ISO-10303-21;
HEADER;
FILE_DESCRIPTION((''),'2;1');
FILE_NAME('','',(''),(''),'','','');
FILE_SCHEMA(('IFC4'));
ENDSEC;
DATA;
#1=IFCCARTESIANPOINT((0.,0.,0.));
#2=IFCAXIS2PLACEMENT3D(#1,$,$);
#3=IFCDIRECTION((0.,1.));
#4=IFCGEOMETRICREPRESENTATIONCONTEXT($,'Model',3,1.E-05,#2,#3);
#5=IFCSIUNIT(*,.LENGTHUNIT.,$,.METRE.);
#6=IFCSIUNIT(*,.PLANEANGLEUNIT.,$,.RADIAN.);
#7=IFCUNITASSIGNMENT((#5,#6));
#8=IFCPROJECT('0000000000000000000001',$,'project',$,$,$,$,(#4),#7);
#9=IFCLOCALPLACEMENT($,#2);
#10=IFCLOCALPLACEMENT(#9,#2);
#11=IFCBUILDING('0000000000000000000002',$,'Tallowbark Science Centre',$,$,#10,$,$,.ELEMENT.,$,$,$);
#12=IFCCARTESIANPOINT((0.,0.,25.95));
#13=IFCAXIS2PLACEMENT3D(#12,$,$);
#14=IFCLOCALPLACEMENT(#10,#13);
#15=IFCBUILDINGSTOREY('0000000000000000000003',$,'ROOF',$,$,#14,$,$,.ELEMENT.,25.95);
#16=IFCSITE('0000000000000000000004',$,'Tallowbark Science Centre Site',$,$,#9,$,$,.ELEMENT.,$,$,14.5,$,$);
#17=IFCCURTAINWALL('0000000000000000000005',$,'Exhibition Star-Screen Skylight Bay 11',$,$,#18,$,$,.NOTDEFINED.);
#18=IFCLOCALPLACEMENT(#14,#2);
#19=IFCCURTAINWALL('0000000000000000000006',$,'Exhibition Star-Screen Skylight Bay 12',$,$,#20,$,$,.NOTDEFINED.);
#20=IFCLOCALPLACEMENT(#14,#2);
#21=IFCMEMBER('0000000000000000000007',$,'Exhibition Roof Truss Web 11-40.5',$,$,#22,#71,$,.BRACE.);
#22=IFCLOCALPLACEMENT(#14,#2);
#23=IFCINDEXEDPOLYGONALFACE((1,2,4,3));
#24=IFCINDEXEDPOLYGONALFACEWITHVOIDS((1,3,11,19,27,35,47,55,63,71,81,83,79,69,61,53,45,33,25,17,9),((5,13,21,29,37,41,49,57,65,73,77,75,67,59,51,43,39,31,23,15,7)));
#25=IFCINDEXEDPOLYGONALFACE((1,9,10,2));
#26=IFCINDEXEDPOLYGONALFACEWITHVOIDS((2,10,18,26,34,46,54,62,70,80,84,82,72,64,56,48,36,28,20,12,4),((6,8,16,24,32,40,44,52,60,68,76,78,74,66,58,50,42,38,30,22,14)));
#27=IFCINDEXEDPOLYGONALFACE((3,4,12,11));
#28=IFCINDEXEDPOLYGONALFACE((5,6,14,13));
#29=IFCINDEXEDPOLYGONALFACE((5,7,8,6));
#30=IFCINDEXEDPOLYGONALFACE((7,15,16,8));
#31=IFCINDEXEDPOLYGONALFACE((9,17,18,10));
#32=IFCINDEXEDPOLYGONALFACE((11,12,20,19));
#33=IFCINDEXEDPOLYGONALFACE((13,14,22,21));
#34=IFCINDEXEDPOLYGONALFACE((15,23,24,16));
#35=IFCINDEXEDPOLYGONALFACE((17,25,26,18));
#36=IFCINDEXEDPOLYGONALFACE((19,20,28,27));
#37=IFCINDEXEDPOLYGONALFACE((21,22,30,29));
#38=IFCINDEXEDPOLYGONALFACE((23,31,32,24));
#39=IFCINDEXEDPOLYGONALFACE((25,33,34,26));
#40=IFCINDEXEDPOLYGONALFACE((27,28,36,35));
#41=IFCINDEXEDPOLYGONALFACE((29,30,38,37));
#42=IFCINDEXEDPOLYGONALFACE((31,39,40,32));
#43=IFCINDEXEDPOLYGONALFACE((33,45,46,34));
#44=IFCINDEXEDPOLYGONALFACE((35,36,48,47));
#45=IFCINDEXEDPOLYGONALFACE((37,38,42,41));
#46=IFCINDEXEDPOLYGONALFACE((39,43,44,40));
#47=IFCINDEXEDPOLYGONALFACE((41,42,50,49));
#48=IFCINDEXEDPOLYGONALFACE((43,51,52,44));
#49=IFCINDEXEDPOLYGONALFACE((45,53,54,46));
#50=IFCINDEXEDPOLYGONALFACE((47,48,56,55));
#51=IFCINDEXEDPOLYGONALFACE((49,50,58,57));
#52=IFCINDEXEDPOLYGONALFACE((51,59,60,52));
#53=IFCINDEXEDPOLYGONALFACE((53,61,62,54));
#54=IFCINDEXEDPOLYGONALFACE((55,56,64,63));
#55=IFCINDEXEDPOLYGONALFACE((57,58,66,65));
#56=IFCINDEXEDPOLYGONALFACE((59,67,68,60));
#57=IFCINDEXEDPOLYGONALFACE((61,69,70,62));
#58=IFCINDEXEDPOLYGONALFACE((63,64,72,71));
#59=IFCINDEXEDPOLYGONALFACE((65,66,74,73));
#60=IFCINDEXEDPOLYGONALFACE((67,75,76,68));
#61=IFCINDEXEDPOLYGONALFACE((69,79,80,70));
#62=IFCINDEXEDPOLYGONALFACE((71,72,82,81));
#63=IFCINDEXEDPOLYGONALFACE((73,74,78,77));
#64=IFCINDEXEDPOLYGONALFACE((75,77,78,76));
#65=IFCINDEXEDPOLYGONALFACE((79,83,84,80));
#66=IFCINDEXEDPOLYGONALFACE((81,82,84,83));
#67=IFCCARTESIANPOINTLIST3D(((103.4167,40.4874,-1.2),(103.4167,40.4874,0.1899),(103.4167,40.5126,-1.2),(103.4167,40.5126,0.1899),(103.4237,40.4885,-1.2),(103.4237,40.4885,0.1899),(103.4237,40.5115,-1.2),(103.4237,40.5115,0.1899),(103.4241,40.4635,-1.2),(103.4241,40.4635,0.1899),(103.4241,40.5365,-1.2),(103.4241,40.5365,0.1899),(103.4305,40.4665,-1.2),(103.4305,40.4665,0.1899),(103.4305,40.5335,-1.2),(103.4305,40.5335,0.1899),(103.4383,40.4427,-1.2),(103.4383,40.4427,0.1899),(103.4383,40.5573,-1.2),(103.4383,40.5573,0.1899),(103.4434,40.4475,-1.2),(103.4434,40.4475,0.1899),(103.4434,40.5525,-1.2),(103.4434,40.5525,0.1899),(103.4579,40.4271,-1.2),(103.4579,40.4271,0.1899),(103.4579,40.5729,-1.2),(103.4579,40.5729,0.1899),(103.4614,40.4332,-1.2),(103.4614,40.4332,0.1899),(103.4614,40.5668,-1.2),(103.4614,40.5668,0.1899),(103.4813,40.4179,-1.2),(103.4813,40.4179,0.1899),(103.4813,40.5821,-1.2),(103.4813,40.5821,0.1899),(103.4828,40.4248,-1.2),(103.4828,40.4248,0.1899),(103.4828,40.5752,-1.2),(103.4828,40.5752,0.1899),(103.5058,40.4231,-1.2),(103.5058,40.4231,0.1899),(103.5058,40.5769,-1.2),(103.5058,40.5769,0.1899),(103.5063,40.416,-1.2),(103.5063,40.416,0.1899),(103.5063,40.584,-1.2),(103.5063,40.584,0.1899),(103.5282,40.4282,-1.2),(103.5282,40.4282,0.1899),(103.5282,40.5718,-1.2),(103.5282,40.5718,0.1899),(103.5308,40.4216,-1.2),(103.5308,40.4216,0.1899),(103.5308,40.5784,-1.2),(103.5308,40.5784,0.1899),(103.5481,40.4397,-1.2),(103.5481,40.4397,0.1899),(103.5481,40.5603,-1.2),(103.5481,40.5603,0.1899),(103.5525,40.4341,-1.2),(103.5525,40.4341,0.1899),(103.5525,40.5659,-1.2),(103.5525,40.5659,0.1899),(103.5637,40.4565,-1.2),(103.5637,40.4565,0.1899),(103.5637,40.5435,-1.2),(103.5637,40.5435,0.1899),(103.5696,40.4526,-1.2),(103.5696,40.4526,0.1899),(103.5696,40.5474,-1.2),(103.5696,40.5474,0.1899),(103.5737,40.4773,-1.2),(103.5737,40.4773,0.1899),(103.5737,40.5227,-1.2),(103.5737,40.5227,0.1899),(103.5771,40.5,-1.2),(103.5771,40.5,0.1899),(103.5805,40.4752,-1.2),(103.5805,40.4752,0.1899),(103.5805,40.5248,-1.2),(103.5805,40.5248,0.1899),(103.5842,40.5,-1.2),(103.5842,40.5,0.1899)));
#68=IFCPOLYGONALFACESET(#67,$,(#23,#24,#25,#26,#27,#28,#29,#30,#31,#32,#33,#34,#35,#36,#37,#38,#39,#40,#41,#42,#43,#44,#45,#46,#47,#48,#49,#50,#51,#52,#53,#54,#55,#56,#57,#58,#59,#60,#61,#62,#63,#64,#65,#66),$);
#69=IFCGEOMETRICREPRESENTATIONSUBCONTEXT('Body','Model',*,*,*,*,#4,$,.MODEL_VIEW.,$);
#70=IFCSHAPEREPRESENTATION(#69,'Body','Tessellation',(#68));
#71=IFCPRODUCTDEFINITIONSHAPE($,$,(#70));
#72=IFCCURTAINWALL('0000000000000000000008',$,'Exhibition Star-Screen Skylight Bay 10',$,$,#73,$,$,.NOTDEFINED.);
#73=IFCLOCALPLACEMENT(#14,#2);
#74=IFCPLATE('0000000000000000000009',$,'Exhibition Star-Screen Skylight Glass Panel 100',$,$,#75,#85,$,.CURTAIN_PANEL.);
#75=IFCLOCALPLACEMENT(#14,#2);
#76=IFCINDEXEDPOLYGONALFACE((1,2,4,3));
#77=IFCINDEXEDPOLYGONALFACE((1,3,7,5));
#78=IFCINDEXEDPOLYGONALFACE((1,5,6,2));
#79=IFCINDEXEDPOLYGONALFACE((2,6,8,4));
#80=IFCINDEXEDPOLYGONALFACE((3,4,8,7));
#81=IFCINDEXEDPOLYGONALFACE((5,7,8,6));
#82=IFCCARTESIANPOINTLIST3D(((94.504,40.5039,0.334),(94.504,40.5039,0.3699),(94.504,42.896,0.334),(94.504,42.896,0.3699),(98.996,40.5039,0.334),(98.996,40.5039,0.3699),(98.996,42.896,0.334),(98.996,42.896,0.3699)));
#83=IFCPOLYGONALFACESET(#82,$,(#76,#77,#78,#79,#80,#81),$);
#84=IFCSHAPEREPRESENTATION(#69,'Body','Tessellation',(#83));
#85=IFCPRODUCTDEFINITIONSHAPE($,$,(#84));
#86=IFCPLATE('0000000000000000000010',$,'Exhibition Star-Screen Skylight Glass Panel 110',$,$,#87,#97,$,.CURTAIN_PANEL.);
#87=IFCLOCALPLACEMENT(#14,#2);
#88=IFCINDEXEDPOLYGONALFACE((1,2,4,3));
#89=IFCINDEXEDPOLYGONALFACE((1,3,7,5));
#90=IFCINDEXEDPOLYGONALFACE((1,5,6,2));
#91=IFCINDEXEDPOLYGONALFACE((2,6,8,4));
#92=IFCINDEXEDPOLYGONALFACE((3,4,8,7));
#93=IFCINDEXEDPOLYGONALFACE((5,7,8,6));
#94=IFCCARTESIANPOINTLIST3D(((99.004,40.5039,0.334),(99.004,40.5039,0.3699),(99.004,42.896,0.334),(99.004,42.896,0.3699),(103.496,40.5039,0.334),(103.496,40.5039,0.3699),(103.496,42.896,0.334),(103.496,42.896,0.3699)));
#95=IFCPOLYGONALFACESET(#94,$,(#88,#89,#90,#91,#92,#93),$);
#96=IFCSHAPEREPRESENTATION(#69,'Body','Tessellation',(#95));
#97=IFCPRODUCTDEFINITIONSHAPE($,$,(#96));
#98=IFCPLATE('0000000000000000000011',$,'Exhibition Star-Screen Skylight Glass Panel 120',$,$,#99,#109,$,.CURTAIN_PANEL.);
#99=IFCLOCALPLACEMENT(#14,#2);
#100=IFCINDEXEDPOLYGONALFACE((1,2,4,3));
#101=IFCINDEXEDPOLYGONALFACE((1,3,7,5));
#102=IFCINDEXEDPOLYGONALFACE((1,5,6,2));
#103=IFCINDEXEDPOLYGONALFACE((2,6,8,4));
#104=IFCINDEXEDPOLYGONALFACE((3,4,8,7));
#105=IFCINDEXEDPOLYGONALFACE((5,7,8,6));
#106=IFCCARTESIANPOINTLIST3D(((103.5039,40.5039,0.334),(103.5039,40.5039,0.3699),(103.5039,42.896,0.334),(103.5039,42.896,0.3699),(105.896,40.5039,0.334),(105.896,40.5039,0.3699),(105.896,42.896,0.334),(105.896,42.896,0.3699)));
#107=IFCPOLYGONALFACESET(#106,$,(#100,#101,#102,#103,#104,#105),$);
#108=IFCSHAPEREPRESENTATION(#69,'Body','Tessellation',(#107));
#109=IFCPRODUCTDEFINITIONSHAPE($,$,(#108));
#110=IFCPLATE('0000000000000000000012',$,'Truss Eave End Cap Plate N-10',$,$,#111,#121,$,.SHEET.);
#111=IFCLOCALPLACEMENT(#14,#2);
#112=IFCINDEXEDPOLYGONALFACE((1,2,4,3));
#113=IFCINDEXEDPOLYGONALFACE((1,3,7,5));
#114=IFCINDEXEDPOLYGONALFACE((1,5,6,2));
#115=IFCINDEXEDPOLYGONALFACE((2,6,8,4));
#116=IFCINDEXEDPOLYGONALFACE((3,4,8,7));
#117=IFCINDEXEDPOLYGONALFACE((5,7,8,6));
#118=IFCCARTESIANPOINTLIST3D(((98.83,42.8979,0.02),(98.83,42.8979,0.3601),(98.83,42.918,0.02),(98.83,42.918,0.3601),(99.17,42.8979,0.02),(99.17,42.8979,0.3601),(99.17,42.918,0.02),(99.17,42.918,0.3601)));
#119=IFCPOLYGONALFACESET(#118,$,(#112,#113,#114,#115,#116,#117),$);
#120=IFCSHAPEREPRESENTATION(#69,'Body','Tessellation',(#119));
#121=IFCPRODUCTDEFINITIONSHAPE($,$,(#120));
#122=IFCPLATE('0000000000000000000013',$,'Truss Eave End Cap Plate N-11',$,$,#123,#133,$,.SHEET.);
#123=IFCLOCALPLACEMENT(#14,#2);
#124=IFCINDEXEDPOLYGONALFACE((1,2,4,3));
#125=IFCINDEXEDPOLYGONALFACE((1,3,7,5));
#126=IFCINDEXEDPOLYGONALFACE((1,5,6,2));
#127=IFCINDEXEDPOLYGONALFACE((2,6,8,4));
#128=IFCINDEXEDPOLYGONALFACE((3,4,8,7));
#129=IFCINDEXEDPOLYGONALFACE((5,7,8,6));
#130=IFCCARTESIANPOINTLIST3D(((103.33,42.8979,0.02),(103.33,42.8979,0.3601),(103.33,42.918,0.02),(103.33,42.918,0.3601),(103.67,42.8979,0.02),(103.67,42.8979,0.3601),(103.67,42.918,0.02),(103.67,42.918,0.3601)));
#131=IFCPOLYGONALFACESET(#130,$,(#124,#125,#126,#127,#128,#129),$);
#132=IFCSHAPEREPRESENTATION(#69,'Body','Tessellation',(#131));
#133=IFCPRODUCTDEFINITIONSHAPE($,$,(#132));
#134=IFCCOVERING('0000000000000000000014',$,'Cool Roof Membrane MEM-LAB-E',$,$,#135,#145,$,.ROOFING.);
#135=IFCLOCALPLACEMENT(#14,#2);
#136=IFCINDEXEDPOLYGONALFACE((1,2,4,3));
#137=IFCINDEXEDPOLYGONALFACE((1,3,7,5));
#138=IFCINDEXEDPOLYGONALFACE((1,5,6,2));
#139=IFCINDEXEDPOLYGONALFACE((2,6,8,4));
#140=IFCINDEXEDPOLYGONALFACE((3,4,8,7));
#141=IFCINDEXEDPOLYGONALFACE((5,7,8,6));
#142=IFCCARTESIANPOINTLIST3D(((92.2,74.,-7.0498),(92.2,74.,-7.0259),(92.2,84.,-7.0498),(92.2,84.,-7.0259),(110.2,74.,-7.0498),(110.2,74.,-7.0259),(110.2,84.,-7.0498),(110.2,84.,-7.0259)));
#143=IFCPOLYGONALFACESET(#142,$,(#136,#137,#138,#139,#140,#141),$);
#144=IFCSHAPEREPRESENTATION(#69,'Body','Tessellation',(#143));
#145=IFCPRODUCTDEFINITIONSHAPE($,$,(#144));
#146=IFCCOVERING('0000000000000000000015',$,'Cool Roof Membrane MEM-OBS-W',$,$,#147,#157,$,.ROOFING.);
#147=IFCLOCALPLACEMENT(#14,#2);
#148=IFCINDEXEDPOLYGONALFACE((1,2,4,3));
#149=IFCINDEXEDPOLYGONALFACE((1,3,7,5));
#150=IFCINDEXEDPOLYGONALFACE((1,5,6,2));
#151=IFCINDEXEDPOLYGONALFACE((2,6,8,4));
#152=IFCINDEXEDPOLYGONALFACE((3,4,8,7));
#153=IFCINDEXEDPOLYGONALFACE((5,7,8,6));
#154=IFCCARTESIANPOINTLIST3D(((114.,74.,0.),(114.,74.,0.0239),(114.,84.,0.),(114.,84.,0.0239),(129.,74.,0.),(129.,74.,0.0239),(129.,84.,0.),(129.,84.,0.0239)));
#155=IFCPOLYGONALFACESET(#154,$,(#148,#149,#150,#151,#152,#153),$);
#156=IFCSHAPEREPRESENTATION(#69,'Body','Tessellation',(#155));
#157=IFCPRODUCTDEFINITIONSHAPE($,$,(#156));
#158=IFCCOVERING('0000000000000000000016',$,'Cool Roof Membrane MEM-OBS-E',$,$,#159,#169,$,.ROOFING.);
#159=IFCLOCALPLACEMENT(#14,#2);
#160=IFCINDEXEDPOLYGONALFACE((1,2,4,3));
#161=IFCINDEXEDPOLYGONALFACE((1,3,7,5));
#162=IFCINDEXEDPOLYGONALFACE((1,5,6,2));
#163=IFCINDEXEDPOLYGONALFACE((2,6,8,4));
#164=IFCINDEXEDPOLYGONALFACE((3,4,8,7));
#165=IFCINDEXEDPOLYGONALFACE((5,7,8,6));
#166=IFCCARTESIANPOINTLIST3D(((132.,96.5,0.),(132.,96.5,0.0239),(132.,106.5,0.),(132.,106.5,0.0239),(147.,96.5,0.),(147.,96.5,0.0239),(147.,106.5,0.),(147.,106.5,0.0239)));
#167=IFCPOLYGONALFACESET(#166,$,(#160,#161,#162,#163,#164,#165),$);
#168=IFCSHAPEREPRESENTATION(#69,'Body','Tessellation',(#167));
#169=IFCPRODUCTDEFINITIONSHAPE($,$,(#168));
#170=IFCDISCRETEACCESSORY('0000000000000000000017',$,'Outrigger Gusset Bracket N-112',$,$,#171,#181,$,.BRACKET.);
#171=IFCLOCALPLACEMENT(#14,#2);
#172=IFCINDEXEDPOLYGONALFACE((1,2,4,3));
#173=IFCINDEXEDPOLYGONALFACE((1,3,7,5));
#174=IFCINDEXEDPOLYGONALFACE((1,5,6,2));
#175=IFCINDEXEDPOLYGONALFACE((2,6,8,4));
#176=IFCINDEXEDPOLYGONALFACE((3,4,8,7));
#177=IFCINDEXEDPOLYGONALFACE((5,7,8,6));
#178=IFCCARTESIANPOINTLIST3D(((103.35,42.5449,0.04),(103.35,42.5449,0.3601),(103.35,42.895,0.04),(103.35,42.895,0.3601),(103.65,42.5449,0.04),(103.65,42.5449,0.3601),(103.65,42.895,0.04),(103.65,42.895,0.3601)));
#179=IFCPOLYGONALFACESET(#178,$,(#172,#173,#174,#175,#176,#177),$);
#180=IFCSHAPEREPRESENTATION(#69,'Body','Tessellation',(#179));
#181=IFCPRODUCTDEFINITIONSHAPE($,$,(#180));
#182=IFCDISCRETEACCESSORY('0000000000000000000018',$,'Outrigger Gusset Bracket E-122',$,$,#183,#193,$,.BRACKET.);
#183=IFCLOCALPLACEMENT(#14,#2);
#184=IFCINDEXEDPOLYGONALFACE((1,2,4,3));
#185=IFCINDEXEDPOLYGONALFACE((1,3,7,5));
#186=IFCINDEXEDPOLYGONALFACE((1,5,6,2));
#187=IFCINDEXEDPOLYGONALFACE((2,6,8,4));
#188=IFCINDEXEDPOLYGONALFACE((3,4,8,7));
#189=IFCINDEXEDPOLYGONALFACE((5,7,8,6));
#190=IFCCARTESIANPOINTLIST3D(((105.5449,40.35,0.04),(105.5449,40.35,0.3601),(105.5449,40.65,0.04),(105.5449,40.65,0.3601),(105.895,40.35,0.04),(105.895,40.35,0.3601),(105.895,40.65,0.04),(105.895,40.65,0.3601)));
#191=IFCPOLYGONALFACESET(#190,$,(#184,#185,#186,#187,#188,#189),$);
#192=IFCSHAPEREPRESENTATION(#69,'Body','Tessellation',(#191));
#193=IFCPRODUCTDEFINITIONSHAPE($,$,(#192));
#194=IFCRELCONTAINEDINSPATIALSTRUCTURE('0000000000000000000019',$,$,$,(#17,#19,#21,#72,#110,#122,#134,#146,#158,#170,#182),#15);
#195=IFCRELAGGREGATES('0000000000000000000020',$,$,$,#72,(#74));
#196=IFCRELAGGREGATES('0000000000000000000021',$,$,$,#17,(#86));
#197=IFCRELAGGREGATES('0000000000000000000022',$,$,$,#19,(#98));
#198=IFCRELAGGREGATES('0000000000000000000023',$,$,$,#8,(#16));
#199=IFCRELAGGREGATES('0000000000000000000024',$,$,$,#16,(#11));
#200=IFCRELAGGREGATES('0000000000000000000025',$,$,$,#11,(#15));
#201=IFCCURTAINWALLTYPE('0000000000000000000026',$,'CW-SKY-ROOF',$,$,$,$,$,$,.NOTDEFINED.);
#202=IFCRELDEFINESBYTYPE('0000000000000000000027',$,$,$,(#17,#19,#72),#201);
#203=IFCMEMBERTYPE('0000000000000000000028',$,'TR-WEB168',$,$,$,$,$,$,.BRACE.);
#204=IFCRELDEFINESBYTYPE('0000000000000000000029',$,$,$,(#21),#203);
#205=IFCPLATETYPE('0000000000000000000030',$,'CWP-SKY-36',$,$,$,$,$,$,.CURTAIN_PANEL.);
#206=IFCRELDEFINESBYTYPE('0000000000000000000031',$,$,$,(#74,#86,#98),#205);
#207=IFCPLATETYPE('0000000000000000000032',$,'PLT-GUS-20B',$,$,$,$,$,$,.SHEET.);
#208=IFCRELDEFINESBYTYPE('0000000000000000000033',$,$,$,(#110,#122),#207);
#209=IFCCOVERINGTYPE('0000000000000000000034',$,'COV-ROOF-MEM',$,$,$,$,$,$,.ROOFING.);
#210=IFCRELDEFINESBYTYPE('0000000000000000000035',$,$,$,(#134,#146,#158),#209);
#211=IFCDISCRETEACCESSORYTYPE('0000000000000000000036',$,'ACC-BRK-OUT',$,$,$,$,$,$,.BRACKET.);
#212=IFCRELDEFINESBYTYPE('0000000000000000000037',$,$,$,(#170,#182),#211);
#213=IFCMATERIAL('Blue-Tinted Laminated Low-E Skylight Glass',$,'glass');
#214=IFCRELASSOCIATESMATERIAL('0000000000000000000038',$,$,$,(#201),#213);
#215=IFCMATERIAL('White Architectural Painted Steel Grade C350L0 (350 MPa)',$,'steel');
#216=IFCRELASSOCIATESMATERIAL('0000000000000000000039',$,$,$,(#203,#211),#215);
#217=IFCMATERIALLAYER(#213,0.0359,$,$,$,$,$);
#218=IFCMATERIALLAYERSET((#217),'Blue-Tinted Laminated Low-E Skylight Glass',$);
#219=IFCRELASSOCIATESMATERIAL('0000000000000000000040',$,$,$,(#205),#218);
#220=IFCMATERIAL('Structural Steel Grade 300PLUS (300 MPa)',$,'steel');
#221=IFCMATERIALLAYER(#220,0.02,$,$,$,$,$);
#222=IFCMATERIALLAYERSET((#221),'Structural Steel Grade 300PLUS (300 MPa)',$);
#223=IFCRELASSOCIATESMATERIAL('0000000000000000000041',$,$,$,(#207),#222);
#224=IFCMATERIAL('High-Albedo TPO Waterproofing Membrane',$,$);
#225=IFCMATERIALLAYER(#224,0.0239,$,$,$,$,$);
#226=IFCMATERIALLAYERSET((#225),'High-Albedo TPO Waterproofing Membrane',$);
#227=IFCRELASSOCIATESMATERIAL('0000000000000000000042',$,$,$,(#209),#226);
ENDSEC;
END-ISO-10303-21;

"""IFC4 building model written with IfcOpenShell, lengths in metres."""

from ifc_helpers import new_model, si_unit, direction, frame, origin, origin_2d, place, context, subcontext, project, spatial, rectangle, hollow_circle, extrude, material, layer, layer_set, material_profile, profile_set, type_object, element, aggregate, save


model = new_model("IFC4")

# Units and contexts
model_context = context("Model", 3, precision=1e-05, world=origin(), true_north=direction((0.0, 1.0)))
body_context = subcontext(model_context, "Body", "Model", "MODEL_VIEW")
ifc_project = project(units=[si_unit("LENGTHUNIT", "METRE"), si_unit("PLANEANGLEUNIT", "RADIAN")], contexts=[model_context])

# Site, building, storey
site_placement = place(None, origin())
site = spatial("IfcSite", under=ifc_project, at=site_placement, Name="Tallowbark Science Centre Site", CompositionType="ELEMENT", RefElevation=14.5)
building_placement = place(site_placement, origin())
building = spatial("IfcBuilding", under=site, at=building_placement, Name="Tallowbark Science Centre", CompositionType="ELEMENT")
storey_placement = place(building_placement, frame((0.0, 0.0, 25.95)))
storey = spatial("IfcBuildingStorey", under=building, at=storey_placement, Name="ROOF", CompositionType="ELEMENT", Elevation=25.95)

# Shared definitions
ifc_material_1 = material(Name="White Architectural Painted Steel Grade C350L0 (350 MPa)", Category="steel")

# Curtain walls
ifc_material_2 = material(Name="Blue-Tinted Laminated Low-E Skylight Glass", Category="glass")
curtain_wall_type = type_object("IfcCurtainWallType", Name="CW-SKY-ROOF", PredefinedType="NOTDEFINED", material=ifc_material_2)
curtain_wall_1_placement = place(storey_placement, origin())
curtain_wall_1 = element("IfcCurtainWall", 1, at=curtain_wall_1_placement, inside=storey, type_object=curtain_wall_type, Name="Exhibition Star-Screen Skylight Bay 11", PredefinedType="NOTDEFINED")
curtain_wall_2_placement = place(storey_placement, origin())
curtain_wall_2 = element("IfcCurtainWall", 2, at=curtain_wall_2_placement, inside=storey, type_object=curtain_wall_type, Name="Exhibition Star-Screen Skylight Bay 12", PredefinedType="NOTDEFINED")

# Shared definitions
ifc_material_3 = material(Name="Structural Steel Grade 300PLUS (300 MPa)", Category="steel")

# Member
ifc_material_profile_1 = material_profile(ifc_material_1, hollow_circle(Radius=0.0842, WallThickness=0.0071, at=origin_2d()), Name="168.3x7.1CHS")
ifc_profile_set_1 = profile_set([ifc_material_profile_1], Name="White Architectural Painted Steel Grade C350L0 (350 MPa)")
member_type_1 = type_object("IfcMemberType", Name="TR-WEB168", PredefinedType="BRACE", material=ifc_profile_set_1)
for number, where, z_axis, x_axis, name in (
    (3, (103.5, 40.5, -1.2), (0.0, 0.0, 1.0), (1.0, 0.0, 0.0), "Exhibition Roof Truss Web 11-40.5"),
):
    element("IfcMember", number, at=place(storey_placement, frame(where, z_axis=z_axis, x_axis=x_axis)), inside=storey, type_object=member_type_1, Name=name, PredefinedType="BRACE", context=body_context, shape_type="SweptSolid", body=[
        extrude(hollow_circle(Radius=0.0842, WallThickness=0.0071, at=origin_2d()), origin(), (0.0, 0.0, 1.0), 1.3899),
    ])

# Curtain wall, plate
curtain_wall_3_placement = place(storey_placement, origin())
curtain_wall_3 = element("IfcCurtainWall", 4, at=curtain_wall_3_placement, inside=storey, type_object=curtain_wall_type, Name="Exhibition Star-Screen Skylight Bay 10", PredefinedType="NOTDEFINED")
ifc_layer_1 = layer(ifc_material_2, 0.0359)
ifc_layer_set_1 = layer_set([ifc_layer_1], Name="Blue-Tinted Laminated Low-E Skylight Glass")
plate_type_1 = type_object("IfcPlateType", Name="CWP-SKY-36", PredefinedType="CURTAIN_PANEL", material=ifc_layer_set_1)
plate_1_placement = place(storey_placement, frame((96.75, 41.7, 0.334), z_axis=(0.0, 0.0, 1.0), x_axis=(1.0, 0.0, 0.0)))
plate_1 = element("IfcPlate", 5, at=plate_1_placement, type_object=plate_type_1, Name="Exhibition Star-Screen Skylight Glass Panel 100", PredefinedType="CURTAIN_PANEL", context=body_context, shape_type="SweptSolid", body=[
    extrude(rectangle(XDim=4.4919, YDim=2.3921, at=origin_2d()), origin(), (0.0, 0.0, 1.0), 0.0359),
])
aggregate(curtain_wall_3, [plate_1])

# Plates
plate_2_placement = place(storey_placement, frame((101.25, 41.7, 0.334), z_axis=(0.0, 0.0, 1.0), x_axis=(1.0, 0.0, 0.0)))
plate_2 = element("IfcPlate", 6, at=plate_2_placement, type_object=plate_type_1, Name="Exhibition Star-Screen Skylight Glass Panel 110", PredefinedType="CURTAIN_PANEL", context=body_context, shape_type="SweptSolid", body=[
    extrude(rectangle(XDim=4.4919, YDim=2.3921, at=origin_2d()), origin(), (0.0, 0.0, 1.0), 0.0359),
])
aggregate(curtain_wall_1, [plate_2])
plate_3_placement = place(storey_placement, frame((104.7, 41.7, 0.334), z_axis=(0.0, 0.0, 1.0), x_axis=(1.0, 0.0, 0.0)))
plate_3 = element("IfcPlate", 7, at=plate_3_placement, type_object=plate_type_1, Name="Exhibition Star-Screen Skylight Glass Panel 120", PredefinedType="CURTAIN_PANEL", context=body_context, shape_type="SweptSolid", body=[
    extrude(rectangle(XDim=2.3921, YDim=2.3921, at=origin_2d()), origin(), (0.0, 0.0, 1.0), 0.0359),
])
aggregate(curtain_wall_2, [plate_3])

# Plates
ifc_layer_2 = layer(ifc_material_3, 0.02)
ifc_layer_set_2 = layer_set([ifc_layer_2], Name="Structural Steel Grade 300PLUS (300 MPa)")
plate_type_2 = type_object("IfcPlateType", Name="PLT-GUS-20B", PredefinedType="SHEET", material=ifc_layer_set_2)
for number, where, z_axis, x_axis, name in (
    (8, (99.0, 42.908, 0.02), (0.0, 0.0, 1.0), (1.0, 0.0, 0.0), "Truss Eave End Cap Plate N-10"),
    (9, (103.5, 42.908, 0.02), (0.0, 0.0, 1.0), (1.0, 0.0, 0.0), "Truss Eave End Cap Plate N-11"),
):
    element("IfcPlate", number, at=place(storey_placement, frame(where, z_axis=z_axis, x_axis=x_axis)), inside=storey, type_object=plate_type_2, Name=name, PredefinedType="SHEET", context=body_context, shape_type="SweptSolid", body=[
        extrude(rectangle(XDim=0.3401, YDim=0.02, at=origin_2d()), origin(), (0.0, 0.0, 1.0), 0.3401),
    ])

# Coverings
ifc_material_4 = material(Name="High-Albedo TPO Waterproofing Membrane")
ifc_layer_3 = layer(ifc_material_4, 0.0239)
ifc_layer_set_3 = layer_set([ifc_layer_3], Name="High-Albedo TPO Waterproofing Membrane")
covering_type = type_object("IfcCoveringType", Name="COV-ROOF-MEM", PredefinedType="ROOFING", material=ifc_layer_set_3)
covering_placement = place(storey_placement, frame((101.2, 79.0, -7.0498), z_axis=(0.0, 0.0, 1.0), x_axis=(1.0, 0.0, 0.0)))
element("IfcCovering", 10, at=covering_placement, inside=storey, type_object=covering_type, Name="Cool Roof Membrane MEM-LAB-E", PredefinedType="ROOFING", context=body_context, shape_type="SweptSolid", body=[
    extrude(rectangle(XDim=18.0, YDim=10.0, at=origin_2d()), origin(), (0.0, 0.0, 1.0), 0.0239),
])
for number, where, z_axis, x_axis, name in (
    (11, (121.5, 79.0, 0.0), (0.0, 0.0, 1.0), (1.0, 0.0, 0.0), "Cool Roof Membrane MEM-OBS-W"),
    (12, (139.5, 101.5, 0.0), (0.0, 0.0, 1.0), (1.0, 0.0, 0.0), "Cool Roof Membrane MEM-OBS-E"),
):
    element("IfcCovering", number, at=place(storey_placement, frame(where, z_axis=z_axis, x_axis=x_axis)), inside=storey, type_object=covering_type, Name=name, PredefinedType="ROOFING", context=body_context, shape_type="SweptSolid", body=[
        extrude(rectangle(XDim=15.0, YDim=10.0, at=origin_2d()), origin(), (0.0, 0.0, 1.0), 0.0239),
    ])

# Discrete accessories
discrete_accessory_type_1 = type_object("IfcDiscreteAccessoryType", Name="ACC-BRK-OUT", PredefinedType="BRACKET", material=ifc_material_1)
discrete_accessory_1_placement = place(storey_placement, frame((103.5, 42.72, 0.04), z_axis=(0.0, 0.0, 1.0), x_axis=(1.0, 0.0, 0.0)))
element("IfcDiscreteAccessory", 13, at=discrete_accessory_1_placement, inside=storey, type_object=discrete_accessory_type_1, Name="Outrigger Gusset Bracket N-112", PredefinedType="BRACKET", context=body_context, shape_type="SweptSolid", body=[
    extrude(rectangle(XDim=0.3, YDim=0.3501, at=origin_2d()), origin(), (0.0, 0.0, 1.0), 0.3201),
])
discrete_accessory_2_placement = place(storey_placement, frame((105.72, 40.5, 0.04), z_axis=(0.0, 0.0, 1.0), x_axis=(1.0, 0.0, 0.0)))
element("IfcDiscreteAccessory", 14, at=discrete_accessory_2_placement, inside=storey, type_object=discrete_accessory_type_1, Name="Outrigger Gusset Bracket E-122", PredefinedType="BRACKET", context=body_context, shape_type="SweptSolid", body=[
    extrude(rectangle(XDim=0.3501, YDim=0.3, at=origin_2d()), origin(), (0.0, 0.0, 1.0), 0.3201),
])

save(model, "model.ifc")
